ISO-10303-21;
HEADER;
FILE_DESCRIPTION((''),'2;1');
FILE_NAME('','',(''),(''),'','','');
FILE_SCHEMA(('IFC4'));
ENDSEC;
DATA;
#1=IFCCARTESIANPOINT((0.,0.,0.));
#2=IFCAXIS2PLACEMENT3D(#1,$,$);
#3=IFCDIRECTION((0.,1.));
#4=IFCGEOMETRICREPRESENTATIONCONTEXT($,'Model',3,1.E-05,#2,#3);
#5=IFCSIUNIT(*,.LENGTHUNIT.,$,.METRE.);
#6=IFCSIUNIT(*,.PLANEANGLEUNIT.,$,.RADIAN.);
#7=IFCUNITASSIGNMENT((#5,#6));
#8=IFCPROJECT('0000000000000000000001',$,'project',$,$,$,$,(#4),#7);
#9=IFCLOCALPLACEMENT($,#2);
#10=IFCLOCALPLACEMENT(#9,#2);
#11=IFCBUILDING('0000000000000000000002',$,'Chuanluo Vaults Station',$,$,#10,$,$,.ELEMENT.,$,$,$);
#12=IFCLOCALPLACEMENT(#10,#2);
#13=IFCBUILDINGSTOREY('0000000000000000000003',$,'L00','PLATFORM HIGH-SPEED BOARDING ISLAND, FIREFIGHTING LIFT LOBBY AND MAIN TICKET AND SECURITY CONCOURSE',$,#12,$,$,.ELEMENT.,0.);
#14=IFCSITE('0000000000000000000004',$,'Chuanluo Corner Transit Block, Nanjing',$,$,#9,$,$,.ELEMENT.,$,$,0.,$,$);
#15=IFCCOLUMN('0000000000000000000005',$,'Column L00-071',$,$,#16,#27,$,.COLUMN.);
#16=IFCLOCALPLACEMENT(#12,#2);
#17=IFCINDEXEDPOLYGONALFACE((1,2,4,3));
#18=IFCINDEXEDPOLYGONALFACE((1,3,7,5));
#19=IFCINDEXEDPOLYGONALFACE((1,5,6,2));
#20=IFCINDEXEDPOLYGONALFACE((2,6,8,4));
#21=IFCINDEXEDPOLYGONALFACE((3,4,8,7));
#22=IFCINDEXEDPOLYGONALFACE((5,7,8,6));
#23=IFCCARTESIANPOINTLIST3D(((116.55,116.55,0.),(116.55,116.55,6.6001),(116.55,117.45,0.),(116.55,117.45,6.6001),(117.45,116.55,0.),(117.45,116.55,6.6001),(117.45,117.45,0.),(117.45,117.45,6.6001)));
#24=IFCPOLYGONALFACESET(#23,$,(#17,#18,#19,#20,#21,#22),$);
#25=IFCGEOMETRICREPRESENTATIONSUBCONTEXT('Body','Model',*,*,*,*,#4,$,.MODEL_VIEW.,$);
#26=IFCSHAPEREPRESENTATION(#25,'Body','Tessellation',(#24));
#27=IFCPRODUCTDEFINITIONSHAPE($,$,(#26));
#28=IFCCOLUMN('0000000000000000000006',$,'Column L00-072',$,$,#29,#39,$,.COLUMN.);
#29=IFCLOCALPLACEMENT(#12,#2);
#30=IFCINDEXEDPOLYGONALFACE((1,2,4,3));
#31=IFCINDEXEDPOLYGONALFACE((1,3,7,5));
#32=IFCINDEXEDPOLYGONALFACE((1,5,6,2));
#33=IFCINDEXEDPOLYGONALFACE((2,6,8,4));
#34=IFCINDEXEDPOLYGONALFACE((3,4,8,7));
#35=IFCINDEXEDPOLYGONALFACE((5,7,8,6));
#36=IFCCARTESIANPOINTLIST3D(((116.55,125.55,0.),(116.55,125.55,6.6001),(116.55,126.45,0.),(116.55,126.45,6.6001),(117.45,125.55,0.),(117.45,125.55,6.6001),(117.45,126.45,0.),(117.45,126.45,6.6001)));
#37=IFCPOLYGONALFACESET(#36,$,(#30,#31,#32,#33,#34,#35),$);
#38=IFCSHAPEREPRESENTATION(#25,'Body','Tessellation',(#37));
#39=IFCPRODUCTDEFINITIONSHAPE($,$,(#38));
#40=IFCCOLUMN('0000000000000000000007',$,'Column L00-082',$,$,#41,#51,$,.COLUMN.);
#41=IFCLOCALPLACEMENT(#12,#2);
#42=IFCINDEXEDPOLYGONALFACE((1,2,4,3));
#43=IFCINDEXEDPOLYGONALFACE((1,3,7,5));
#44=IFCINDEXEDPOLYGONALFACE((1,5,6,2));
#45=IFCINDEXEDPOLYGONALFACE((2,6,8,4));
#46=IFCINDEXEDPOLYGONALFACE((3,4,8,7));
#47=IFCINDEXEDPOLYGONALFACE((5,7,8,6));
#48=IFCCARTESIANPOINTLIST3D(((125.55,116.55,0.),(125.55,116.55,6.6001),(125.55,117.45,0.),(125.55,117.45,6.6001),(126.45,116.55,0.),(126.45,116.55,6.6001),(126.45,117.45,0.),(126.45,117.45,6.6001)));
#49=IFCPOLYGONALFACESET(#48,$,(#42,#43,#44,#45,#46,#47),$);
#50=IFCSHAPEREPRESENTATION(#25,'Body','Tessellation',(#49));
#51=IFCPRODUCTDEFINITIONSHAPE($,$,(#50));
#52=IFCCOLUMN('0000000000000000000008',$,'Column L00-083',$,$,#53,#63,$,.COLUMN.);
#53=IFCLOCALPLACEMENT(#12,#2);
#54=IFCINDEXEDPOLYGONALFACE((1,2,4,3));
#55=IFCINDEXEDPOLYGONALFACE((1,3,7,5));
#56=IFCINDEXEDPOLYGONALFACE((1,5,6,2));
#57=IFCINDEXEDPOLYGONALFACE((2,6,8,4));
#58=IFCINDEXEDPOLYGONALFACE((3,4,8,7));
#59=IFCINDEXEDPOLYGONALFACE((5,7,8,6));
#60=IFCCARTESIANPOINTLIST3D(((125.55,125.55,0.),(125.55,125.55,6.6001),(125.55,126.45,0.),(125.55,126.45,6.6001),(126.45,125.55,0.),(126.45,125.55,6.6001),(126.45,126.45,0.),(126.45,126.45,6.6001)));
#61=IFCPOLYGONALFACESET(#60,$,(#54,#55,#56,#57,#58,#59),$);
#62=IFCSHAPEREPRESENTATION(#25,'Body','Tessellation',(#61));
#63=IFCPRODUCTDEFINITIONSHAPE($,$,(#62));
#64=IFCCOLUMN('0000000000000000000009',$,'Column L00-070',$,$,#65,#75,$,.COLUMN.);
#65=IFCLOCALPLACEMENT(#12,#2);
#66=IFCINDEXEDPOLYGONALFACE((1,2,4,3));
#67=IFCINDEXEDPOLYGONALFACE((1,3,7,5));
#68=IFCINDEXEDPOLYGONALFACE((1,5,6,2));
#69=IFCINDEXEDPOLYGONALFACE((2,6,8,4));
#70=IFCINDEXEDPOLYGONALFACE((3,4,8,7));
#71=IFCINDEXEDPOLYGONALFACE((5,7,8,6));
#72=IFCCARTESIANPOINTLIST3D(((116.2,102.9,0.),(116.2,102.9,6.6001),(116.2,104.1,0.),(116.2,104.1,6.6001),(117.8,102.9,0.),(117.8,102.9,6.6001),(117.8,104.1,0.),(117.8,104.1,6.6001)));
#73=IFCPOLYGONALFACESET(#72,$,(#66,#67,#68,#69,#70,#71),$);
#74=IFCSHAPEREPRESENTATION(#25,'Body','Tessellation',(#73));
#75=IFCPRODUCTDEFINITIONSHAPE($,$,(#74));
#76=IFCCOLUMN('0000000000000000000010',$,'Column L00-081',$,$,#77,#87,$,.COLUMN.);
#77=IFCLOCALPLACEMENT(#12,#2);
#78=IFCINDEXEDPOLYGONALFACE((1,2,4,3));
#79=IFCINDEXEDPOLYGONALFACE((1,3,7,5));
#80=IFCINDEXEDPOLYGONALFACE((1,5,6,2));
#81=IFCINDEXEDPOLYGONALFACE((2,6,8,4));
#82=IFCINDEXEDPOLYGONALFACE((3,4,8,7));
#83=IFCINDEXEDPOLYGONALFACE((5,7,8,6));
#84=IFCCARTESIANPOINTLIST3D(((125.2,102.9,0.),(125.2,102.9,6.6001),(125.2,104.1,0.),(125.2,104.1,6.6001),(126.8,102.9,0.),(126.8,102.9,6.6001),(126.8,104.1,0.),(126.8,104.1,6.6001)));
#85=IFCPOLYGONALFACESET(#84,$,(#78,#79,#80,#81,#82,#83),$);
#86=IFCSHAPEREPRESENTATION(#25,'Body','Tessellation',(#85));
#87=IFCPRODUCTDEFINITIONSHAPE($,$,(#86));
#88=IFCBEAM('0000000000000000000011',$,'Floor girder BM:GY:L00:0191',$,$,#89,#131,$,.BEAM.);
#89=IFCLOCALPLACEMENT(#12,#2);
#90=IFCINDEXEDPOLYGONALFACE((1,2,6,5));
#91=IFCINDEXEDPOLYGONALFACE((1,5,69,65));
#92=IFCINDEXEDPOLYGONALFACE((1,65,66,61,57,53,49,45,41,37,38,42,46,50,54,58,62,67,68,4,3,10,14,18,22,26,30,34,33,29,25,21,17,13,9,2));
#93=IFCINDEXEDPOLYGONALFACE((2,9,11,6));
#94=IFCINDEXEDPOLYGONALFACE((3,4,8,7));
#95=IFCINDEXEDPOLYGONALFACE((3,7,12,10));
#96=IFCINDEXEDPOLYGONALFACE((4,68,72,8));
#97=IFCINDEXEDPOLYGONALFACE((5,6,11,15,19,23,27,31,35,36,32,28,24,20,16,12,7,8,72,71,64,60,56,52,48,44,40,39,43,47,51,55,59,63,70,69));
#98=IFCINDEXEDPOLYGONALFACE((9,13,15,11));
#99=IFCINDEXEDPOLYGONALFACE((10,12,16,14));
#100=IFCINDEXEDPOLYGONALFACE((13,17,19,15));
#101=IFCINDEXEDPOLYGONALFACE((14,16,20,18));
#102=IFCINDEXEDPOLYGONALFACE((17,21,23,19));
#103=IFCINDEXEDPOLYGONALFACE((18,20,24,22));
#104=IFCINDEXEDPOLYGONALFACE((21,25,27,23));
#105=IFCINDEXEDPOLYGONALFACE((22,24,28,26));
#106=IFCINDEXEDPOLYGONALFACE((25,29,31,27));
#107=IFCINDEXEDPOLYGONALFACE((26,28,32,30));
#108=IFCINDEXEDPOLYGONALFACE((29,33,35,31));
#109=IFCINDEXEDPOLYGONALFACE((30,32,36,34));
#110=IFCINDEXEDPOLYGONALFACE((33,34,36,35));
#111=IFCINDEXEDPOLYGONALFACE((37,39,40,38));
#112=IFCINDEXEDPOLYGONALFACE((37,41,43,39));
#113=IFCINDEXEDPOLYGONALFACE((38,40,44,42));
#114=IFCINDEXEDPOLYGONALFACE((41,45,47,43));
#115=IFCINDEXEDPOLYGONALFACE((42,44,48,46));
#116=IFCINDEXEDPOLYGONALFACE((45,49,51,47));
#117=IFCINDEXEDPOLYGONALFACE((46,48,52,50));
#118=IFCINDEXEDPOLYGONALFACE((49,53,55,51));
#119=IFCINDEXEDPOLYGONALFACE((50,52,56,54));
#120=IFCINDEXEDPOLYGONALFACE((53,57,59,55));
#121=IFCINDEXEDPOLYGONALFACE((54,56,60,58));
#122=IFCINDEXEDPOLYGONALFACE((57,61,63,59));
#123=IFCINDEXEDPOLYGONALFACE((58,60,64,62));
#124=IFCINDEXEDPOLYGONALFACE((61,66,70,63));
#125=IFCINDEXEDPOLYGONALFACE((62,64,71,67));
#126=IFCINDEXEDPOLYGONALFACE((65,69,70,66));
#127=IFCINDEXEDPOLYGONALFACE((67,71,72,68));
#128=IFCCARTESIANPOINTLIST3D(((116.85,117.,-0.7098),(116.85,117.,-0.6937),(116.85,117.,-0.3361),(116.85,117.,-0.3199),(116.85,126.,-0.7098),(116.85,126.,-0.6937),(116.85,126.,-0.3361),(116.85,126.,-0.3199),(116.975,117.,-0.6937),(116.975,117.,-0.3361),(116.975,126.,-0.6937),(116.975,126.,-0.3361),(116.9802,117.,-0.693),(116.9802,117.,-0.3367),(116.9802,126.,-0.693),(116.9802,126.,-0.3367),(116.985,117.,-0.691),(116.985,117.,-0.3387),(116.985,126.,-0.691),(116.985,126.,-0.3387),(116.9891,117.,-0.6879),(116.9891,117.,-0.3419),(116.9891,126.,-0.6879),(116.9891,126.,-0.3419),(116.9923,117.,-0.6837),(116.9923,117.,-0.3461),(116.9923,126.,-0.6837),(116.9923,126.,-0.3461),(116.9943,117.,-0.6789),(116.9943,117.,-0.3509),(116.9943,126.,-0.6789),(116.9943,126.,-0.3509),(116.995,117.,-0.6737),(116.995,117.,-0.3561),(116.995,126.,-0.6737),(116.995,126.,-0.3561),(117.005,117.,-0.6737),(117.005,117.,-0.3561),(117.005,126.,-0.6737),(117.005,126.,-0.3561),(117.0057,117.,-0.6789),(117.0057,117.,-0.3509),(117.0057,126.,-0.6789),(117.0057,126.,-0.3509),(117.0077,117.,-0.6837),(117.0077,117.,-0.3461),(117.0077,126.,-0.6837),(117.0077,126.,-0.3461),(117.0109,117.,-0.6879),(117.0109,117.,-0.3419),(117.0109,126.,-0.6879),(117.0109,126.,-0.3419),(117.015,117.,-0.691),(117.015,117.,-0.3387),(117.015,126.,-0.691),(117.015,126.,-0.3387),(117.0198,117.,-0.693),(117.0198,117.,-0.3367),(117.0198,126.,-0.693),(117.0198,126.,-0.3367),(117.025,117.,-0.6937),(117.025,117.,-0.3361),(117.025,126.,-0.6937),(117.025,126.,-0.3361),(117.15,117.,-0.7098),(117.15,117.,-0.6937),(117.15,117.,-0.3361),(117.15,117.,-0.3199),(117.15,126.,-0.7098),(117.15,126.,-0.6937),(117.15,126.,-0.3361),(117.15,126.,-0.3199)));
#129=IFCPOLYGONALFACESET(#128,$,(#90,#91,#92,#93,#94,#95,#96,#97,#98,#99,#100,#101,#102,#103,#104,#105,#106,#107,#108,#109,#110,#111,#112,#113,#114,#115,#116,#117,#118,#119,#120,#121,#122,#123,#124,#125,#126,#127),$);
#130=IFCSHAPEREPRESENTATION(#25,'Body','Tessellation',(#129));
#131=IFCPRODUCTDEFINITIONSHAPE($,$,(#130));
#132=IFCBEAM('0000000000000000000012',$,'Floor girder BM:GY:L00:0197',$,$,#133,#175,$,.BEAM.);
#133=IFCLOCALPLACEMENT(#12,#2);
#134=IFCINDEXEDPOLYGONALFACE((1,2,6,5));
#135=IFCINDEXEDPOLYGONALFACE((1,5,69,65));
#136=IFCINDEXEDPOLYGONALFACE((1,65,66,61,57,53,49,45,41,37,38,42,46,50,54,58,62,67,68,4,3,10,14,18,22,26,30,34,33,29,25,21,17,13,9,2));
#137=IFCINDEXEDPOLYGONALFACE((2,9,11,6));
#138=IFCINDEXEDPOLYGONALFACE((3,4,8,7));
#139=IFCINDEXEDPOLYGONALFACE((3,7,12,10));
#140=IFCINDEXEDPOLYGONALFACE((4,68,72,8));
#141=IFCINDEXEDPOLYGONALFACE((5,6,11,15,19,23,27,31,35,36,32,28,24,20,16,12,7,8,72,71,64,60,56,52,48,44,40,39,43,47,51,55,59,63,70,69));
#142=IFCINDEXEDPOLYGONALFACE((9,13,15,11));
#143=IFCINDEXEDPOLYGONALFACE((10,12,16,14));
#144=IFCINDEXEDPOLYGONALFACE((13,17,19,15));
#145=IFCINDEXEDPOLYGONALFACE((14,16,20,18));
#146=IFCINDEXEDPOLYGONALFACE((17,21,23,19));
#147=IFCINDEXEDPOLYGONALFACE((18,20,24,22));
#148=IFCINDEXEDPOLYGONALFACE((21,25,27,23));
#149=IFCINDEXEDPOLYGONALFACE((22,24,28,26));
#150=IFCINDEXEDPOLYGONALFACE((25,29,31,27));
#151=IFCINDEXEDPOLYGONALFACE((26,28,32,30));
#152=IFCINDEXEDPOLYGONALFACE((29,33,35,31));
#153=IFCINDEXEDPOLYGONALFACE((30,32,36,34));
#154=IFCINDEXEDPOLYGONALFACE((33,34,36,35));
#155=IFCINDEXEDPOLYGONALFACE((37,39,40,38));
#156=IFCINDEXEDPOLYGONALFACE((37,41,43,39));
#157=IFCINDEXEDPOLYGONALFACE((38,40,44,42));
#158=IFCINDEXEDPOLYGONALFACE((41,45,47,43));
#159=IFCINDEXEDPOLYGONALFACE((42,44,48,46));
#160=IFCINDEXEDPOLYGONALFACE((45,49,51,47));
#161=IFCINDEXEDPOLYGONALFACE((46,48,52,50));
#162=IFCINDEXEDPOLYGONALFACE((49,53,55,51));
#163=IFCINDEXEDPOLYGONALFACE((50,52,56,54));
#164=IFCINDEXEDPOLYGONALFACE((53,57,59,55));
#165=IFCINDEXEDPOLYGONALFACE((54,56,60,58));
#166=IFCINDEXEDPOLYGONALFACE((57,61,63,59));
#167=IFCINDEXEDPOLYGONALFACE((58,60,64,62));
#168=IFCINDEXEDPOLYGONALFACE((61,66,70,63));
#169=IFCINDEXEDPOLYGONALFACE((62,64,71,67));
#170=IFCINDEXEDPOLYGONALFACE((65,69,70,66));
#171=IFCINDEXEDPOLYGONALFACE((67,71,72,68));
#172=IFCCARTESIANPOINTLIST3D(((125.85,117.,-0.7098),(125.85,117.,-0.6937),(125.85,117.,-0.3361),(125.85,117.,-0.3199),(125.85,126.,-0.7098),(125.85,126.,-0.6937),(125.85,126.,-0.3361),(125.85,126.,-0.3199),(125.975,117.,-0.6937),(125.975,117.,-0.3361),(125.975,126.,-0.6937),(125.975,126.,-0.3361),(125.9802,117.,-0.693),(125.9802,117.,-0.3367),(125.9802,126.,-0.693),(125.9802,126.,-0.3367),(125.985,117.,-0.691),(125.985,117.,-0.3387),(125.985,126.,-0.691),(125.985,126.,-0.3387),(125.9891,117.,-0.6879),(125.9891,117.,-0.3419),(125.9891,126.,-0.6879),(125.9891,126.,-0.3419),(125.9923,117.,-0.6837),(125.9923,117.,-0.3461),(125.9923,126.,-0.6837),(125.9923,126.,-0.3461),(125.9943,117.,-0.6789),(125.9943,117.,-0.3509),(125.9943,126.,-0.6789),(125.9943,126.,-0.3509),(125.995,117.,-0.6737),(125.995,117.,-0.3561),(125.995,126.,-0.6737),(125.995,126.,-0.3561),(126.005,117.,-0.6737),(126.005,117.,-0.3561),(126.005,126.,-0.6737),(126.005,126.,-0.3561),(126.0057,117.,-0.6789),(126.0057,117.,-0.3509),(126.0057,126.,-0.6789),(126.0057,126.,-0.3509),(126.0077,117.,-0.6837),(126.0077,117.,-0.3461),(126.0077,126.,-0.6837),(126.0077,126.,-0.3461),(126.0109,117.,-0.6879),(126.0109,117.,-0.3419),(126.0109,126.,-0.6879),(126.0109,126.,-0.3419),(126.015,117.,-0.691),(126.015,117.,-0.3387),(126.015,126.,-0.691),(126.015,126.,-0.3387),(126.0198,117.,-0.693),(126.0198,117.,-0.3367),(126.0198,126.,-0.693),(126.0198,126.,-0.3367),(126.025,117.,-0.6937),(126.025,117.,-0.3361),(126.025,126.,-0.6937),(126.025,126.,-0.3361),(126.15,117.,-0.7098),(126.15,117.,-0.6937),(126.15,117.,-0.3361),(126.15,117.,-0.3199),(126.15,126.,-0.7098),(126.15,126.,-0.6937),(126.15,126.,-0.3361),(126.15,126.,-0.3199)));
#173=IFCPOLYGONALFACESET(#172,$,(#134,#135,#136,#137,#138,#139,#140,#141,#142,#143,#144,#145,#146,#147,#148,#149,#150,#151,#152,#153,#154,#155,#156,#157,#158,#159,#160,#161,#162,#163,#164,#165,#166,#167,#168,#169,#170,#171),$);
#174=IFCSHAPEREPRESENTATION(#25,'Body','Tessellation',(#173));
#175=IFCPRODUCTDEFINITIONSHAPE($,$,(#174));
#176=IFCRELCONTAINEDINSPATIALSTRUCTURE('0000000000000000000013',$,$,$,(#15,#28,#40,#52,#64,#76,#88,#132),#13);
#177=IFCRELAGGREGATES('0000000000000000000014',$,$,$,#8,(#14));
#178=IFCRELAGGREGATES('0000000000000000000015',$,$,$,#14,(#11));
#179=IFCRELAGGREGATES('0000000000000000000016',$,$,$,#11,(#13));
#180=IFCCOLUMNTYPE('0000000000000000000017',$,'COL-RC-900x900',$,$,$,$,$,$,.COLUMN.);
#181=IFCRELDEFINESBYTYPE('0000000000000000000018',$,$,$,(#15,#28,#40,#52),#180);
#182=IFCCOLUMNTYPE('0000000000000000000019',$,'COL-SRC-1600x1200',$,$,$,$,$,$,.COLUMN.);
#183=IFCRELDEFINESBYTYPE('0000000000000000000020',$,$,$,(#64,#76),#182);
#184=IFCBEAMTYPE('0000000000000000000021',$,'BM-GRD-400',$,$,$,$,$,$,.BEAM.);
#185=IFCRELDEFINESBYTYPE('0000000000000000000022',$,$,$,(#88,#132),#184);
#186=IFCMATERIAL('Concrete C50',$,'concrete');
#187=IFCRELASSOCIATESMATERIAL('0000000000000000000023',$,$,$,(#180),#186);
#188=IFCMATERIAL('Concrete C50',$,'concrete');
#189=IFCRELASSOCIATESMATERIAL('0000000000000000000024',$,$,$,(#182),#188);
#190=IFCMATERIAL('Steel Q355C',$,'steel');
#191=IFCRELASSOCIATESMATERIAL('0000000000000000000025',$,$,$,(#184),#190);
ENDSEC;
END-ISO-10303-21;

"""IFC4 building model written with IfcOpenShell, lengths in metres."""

from ifc_helpers import new_model, si_unit, direction, frame, origin, origin_2d, place, context, subcontext, project, spatial, rectangle, i_section, extrude, material, material_profile, profile_set, type_object, element, save


model = new_model("IFC4")

# Units and contexts
model_context = context("Model", 3, precision=1e-05, world=origin(), true_north=direction((0.0, 1.0)))
body_context = subcontext(model_context, "Body", "Model", "MODEL_VIEW")
ifc_project = project(units=[si_unit("LENGTHUNIT", "METRE"), si_unit("PLANEANGLEUNIT", "RADIAN")], contexts=[model_context])

# Site, building, storey
site_placement = place(None, origin())
site = spatial("IfcSite", under=ifc_project, at=site_placement, Name="Chuanluo Corner Transit Block, Nanjing", CompositionType="ELEMENT", RefElevation=0.0)
building_placement = place(site_placement, origin())
building = spatial("IfcBuilding", under=site, at=building_placement, Name="Chuanluo Vaults Station", CompositionType="ELEMENT")
storey_placement = place(building_placement, origin())
storey = spatial("IfcBuildingStorey", under=building, at=storey_placement, Name="L00", Description="PLATFORM HIGH-SPEED BOARDING ISLAND, FIREFIGHTING LIFT LOBBY AND MAIN TICKET AND SECURITY CONCOURSE", CompositionType="ELEMENT", Elevation=0.0)

# Columns
ifc_material_1 = material(Name="Concrete C50", Category="concrete")
ifc_material_profile_1 = material_profile(ifc_material_1, rectangle(XDim=0.8999, YDim=0.8999, at=origin_2d()))
ifc_profile_set_1 = profile_set([ifc_material_profile_1], Name="Concrete C50")
column_type_1 = type_object("IfcColumnType", Name="COL-RC-900x900", PredefinedType="COLUMN", material=ifc_profile_set_1)
for number, where, z_axis, x_axis, name in (
    (1, (117.0, 117.0, 0.0), (0.0, 0.0, 1.0), (1.0, 0.0, 0.0), "Column L00-071"),
    (2, (117.0, 126.0, 0.0), (0.0, 0.0, 1.0), (1.0, 0.0, 0.0), "Column L00-072"),
    (3, (126.0, 117.0, 0.0), (0.0, 0.0, 1.0), (1.0, 0.0, 0.0), "Column L00-082"),
    (4, (126.0, 126.0, 0.0), (0.0, 0.0, 1.0), (1.0, 0.0, 0.0), "Column L00-083"),
):
    element("IfcColumn", number, at=place(storey_placement, frame(where, z_axis=z_axis, x_axis=x_axis)), inside=storey, type_object=column_type_1, Name=name, PredefinedType="COLUMN", context=body_context, shape_type="SweptSolid", body=[
        extrude(rectangle(XDim=0.8999, YDim=0.8999, at=origin_2d()), origin(), (0.0, 0.0, 1.0), 6.6001),
    ])
ifc_material_2 = material(Name="Concrete C50", Category="concrete")
ifc_material_profile_2 = material_profile(ifc_material_2, rectangle(XDim=1.6001, YDim=1.2, at=origin_2d()))
ifc_profile_set_2 = profile_set([ifc_material_profile_2], Name="Concrete C50")
column_type_2 = type_object("IfcColumnType", Name="COL-SRC-1600x1200", PredefinedType="COLUMN", material=ifc_profile_set_2)
for number, where, z_axis, x_axis, name in (
    (5, (117.0, 103.5, 0.0), (0.0, 0.0, 1.0), (1.0, 0.0, 0.0), "Column L00-070"),
    (6, (126.0, 103.5, 0.0), (0.0, 0.0, 1.0), (1.0, 0.0, 0.0), "Column L00-081"),
):
    element("IfcColumn", number, at=place(storey_placement, frame(where, z_axis=z_axis, x_axis=x_axis)), inside=storey, type_object=column_type_2, Name=name, PredefinedType="COLUMN", context=body_context, shape_type="SweptSolid", body=[
        extrude(rectangle(XDim=1.6001, YDim=1.2, at=origin_2d()), origin(), (0.0, 0.0, 1.0), 6.6001),
    ])

# Beams
ifc_material_3 = material(Name="Steel Q355C", Category="steel")
ifc_material_profile_3 = material_profile(ifc_material_3, i_section(OverallWidth=0.3, OverallDepth=0.3899, WebThickness=0.01, FlangeThickness=0.0161, FilletRadius=0.02, at=origin_2d()))
ifc_profile_set_3 = profile_set([ifc_material_profile_3], Name="Steel Q355C")
beam_type_1 = type_object("IfcBeamType", Name="BM-GRD-400", PredefinedType="BEAM", material=ifc_profile_set_3)
for number, where, z_axis, x_axis, name in (
    (7, (117.0, 117.0, -0.5149), (0.0, 1.0, 0.0), (-1.0, 0.0, 0.0), "Floor girder BM:GY:L00:0191"),
    (8, (126.0, 117.0, -0.5149), (0.0, 1.0, 0.0), (-1.0, 0.0, 0.0), "Floor girder BM:GY:L00:0197"),
):
    element("IfcBeam", number, at=place(storey_placement, frame(where, z_axis=z_axis, x_axis=x_axis)), inside=storey, type_object=beam_type_1, Name=name, PredefinedType="BEAM", context=body_context, shape_type="SweptSolid", body=[
        extrude(i_section(OverallWidth=0.3, OverallDepth=0.3899, WebThickness=0.01, FlangeThickness=0.0161, FilletRadius=0.02, at=origin_2d()), origin(), (0.0, 0.0, 1.0), 9.0),
    ])

save(model, "model.ifc")
